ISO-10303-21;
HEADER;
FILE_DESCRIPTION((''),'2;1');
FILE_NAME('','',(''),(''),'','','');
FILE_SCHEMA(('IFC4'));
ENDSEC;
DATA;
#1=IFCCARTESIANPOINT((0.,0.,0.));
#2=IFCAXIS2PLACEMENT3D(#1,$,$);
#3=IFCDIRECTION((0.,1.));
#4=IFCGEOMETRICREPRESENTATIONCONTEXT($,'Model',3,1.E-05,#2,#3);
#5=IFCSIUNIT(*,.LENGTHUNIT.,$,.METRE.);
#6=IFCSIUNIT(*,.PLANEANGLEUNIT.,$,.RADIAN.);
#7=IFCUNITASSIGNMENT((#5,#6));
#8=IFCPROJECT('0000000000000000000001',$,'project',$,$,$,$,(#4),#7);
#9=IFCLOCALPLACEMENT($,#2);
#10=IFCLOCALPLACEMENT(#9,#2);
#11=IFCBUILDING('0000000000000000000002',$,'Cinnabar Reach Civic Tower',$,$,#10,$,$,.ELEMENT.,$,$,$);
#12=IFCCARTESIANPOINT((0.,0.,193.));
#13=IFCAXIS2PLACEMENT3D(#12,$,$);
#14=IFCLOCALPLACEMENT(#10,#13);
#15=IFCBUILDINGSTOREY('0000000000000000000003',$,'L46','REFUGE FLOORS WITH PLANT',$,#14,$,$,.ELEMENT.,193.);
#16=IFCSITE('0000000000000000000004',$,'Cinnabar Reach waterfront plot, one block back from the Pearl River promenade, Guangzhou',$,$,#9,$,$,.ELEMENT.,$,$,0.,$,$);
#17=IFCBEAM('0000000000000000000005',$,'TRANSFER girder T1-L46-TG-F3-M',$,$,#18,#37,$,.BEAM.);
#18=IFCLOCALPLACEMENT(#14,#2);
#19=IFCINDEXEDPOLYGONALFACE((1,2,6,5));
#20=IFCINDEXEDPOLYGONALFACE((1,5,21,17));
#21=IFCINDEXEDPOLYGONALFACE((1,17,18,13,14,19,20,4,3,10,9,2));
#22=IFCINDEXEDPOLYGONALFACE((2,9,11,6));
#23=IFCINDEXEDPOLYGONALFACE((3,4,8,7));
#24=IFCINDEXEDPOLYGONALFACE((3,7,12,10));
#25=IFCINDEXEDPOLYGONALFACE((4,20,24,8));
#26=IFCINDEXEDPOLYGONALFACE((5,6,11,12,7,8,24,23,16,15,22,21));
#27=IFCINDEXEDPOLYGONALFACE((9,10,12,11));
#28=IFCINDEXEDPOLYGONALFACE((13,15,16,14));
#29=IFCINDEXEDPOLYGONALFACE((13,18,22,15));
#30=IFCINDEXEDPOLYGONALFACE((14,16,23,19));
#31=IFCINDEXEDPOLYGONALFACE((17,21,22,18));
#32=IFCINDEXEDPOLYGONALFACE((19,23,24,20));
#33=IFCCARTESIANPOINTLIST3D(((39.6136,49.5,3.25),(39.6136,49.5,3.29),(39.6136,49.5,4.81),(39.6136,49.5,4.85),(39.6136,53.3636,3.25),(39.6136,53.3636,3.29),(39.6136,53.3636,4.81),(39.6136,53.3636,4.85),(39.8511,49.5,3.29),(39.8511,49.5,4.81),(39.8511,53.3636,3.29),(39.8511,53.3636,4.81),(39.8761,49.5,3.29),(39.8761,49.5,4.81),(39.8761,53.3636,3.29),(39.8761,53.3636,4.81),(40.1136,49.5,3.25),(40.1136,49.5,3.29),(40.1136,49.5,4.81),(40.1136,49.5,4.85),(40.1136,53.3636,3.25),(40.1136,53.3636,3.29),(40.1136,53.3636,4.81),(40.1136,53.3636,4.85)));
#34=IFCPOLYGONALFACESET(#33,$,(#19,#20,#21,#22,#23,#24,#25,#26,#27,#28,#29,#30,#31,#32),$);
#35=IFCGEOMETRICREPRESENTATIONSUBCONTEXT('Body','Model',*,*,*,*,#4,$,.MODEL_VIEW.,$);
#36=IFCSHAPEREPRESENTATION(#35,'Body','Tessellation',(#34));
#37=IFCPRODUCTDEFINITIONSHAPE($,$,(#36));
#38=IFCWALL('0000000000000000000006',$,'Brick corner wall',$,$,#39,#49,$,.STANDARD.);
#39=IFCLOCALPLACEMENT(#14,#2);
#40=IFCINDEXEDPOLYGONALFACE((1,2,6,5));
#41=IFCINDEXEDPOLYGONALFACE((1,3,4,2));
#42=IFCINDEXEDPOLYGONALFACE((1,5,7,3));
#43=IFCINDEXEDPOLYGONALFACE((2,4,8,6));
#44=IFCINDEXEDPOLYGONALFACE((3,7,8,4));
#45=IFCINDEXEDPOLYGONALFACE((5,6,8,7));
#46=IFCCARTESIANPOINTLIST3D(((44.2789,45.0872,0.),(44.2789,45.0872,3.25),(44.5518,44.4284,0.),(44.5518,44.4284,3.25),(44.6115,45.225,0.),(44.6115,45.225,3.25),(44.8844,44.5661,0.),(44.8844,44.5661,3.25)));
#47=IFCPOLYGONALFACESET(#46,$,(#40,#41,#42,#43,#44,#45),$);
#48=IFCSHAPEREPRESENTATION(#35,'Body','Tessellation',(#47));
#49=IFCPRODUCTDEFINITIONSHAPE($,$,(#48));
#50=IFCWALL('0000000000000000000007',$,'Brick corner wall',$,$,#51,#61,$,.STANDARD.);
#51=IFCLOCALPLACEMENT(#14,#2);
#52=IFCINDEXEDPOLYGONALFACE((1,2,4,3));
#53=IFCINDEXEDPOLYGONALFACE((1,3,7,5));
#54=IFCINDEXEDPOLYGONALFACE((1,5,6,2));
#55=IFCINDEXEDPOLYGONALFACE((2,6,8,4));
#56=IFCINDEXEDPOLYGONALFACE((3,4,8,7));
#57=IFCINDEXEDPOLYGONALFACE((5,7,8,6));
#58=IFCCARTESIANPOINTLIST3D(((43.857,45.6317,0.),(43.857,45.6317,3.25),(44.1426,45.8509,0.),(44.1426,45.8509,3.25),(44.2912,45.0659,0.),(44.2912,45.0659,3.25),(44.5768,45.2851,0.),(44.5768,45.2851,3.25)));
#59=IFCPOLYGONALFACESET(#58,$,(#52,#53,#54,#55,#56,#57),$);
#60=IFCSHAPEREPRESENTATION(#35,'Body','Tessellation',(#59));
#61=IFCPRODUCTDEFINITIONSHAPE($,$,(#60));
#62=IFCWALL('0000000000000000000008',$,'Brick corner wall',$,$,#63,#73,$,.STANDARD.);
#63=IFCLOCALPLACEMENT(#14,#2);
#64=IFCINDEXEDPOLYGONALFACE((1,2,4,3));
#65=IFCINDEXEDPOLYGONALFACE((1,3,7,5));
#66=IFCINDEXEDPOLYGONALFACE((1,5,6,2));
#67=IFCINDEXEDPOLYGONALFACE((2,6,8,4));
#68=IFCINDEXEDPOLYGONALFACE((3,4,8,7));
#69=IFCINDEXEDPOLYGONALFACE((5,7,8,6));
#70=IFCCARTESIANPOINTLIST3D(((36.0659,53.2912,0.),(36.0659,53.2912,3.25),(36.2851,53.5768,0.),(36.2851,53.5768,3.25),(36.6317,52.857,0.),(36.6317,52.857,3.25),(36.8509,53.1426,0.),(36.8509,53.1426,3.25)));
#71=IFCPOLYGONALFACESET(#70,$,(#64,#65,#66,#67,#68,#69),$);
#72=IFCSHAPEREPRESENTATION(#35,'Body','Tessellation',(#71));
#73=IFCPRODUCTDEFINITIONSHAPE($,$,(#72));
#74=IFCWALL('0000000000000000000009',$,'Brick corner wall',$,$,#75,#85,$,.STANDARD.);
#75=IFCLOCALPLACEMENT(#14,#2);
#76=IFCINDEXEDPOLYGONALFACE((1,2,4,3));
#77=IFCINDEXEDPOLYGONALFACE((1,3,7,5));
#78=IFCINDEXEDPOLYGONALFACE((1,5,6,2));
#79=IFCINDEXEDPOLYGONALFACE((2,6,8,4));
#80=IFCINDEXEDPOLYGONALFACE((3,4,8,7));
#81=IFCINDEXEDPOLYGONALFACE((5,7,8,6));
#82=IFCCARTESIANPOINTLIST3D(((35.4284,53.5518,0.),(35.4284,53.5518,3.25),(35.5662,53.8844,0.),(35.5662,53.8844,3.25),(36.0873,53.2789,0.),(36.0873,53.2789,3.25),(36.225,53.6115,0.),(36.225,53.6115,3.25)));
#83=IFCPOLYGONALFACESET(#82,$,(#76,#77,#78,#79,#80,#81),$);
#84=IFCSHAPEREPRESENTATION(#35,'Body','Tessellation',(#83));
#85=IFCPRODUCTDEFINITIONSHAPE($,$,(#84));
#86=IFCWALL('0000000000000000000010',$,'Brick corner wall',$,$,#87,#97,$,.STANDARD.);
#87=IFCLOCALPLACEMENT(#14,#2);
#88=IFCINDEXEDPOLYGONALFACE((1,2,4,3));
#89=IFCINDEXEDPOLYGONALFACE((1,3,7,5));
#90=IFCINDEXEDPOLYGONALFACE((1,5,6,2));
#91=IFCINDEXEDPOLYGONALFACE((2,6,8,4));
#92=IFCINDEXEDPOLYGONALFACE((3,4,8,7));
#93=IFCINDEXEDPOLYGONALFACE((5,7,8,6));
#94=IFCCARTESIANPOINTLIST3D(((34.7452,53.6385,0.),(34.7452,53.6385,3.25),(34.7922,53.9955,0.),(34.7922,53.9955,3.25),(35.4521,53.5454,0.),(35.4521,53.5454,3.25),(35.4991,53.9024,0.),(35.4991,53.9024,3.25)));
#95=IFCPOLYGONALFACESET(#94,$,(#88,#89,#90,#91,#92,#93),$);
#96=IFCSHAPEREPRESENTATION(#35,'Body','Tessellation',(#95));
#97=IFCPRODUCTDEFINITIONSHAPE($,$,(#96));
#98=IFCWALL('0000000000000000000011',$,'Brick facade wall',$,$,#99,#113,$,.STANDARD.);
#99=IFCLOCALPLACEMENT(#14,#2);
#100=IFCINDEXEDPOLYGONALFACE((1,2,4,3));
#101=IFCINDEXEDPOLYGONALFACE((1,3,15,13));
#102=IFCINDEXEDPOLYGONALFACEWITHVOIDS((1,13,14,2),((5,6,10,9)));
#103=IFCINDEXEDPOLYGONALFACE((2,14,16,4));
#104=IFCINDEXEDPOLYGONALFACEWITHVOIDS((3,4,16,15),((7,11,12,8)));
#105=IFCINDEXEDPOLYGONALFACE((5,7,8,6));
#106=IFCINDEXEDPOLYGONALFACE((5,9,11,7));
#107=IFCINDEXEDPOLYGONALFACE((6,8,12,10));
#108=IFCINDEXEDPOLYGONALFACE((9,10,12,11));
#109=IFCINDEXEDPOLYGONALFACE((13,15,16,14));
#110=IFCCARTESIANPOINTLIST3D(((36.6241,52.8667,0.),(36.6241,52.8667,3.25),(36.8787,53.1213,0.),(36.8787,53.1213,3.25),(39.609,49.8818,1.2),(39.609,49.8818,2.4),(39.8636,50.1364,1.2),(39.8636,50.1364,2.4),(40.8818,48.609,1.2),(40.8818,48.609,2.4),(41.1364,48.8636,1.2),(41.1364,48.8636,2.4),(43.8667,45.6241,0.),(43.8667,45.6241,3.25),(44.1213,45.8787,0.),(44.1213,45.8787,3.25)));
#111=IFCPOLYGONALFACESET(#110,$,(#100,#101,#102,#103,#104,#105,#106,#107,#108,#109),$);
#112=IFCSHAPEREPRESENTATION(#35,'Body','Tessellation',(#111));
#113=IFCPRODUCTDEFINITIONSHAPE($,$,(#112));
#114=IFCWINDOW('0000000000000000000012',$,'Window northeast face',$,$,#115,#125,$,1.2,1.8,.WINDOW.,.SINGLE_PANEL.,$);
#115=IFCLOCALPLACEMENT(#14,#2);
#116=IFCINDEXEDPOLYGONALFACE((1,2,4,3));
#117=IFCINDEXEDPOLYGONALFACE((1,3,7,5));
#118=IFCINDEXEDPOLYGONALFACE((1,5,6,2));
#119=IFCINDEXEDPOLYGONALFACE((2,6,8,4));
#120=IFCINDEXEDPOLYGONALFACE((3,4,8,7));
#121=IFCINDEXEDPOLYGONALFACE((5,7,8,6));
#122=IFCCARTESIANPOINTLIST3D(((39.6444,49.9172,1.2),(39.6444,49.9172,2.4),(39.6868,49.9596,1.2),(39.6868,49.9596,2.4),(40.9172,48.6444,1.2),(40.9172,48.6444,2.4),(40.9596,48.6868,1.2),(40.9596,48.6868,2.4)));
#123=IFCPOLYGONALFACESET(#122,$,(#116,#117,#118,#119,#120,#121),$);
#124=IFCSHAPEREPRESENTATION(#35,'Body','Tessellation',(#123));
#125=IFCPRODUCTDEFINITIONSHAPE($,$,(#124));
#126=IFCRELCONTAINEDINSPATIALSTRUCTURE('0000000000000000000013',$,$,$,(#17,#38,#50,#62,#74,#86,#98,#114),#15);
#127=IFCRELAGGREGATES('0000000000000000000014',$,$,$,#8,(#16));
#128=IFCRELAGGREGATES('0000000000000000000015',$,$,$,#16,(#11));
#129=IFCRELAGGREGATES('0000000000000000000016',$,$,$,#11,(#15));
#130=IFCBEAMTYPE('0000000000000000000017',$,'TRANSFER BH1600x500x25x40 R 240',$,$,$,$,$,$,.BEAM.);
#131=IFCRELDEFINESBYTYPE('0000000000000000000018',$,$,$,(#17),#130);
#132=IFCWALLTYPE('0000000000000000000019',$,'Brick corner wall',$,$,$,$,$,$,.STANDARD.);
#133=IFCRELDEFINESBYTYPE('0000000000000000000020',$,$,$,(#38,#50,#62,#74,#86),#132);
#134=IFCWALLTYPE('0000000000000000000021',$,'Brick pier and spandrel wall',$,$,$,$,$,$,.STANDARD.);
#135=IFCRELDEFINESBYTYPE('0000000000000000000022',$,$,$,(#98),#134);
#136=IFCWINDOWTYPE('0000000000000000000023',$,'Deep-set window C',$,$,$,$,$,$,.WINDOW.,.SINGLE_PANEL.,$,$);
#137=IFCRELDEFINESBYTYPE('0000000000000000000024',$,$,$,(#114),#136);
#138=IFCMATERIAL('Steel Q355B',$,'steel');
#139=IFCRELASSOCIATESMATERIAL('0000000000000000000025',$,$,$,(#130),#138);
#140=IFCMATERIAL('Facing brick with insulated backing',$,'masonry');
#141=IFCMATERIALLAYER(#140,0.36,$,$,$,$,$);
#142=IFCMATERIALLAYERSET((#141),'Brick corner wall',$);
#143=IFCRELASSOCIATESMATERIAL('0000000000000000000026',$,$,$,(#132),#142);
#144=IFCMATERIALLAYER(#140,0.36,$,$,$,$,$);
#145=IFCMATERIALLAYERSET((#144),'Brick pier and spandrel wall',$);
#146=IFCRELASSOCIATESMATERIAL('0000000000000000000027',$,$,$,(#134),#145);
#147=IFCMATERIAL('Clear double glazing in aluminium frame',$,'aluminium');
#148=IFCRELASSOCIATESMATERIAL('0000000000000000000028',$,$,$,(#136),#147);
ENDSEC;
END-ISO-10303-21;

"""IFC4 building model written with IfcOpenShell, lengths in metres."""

from ifc_helpers import new_model, si_unit, direction, frame, frame_2d, origin, origin_2d, place, context, subcontext, project, spatial, rectangle, i_section, extrude, material, layer, layer_set, material_profile, profile_set, type_object, element, fill, save


model = new_model("IFC4")

# Units and contexts
model_context = context("Model", 3, precision=1e-05, world=origin(), true_north=direction((0.0, 1.0)))
body_context = subcontext(model_context, "Body", "Model", "MODEL_VIEW")
ifc_project = project(units=[si_unit("LENGTHUNIT", "METRE"), si_unit("PLANEANGLEUNIT", "RADIAN")], contexts=[model_context])

# Site, building, storey
site_placement = place(None, origin())
site = spatial("IfcSite", under=ifc_project, at=site_placement, Name="Cinnabar Reach waterfront plot, one block back from the Pearl River promenade, Guangzhou", CompositionType="ELEMENT", RefElevation=0.0)
building_placement = place(site_placement, origin())
building = spatial("IfcBuilding", under=site, at=building_placement, Name="Cinnabar Reach Civic Tower", CompositionType="ELEMENT")
storey_placement = place(building_placement, frame((0.0, 0.0, 193.0)))
storey = spatial("IfcBuildingStorey", under=building, at=storey_placement, Name="L46", Description="REFUGE FLOORS WITH PLANT", CompositionType="ELEMENT", Elevation=193.0)

# Beam
ifc_material_1 = material(Name="Steel Q355B", Category="steel")
ifc_material_profile_1 = material_profile(ifc_material_1, i_section(OverallWidth=0.5, OverallDepth=1.6, WebThickness=0.025, FlangeThickness=0.04, at=origin_2d()), Name="BH1600x500x25x40")
ifc_profile_set_1 = profile_set([ifc_material_profile_1], Name="Steel Q355B")
beam_type_1 = type_object("IfcBeamType", Name="TRANSFER BH1600x500x25x40 R 240", PredefinedType="BEAM", material=ifc_profile_set_1)
beam_1_placement = place(storey_placement, frame((39.8636, 49.5, 4.05), z_axis=(0.0, 1.0, 0.0), x_axis=(-1.0, 0.0, 0.0)))
element("IfcBeam", 1, at=beam_1_placement, inside=storey, type_object=beam_type_1, Name="TRANSFER girder T1-L46-TG-F3-M", PredefinedType="BEAM", context=body_context, shape_type="SweptSolid", body=[
    extrude(i_section(OverallWidth=0.5, OverallDepth=1.6, WebThickness=0.025, FlangeThickness=0.04, at=origin_2d()), origin(), (0.0, 0.0, 1.0), 3.8636),
])

# Walls
ifc_material_2 = material(Name="Facing brick with insulated backing", Category="masonry")
ifc_layer_1 = layer(ifc_material_2, 0.36)
ifc_layer_set_1 = layer_set([ifc_layer_1], Name="Brick corner wall")
wall_type_1 = type_object("IfcWallType", Name="Brick corner wall", PredefinedType="STANDARD", material=ifc_layer_set_1)
wall_1_placement = place(storey_placement, frame((44.7181, 44.4973, 0.0), z_axis=(0.0, 0.0, 1.0), x_axis=(-0.382703, 0.923872, 0.0)))
element("IfcWall", 2, at=wall_1_placement, inside=storey, type_object=wall_type_1, Name="Brick corner wall", PredefinedType="STANDARD", context=body_context, shape_type="SweptSolid", body=[
    extrude(rectangle(XDim=0.7131, YDim=0.36, at=frame_2d((0.3565, 0.0))), origin(), (0.0, 0.0, 1.0), 3.25),
])
for number, where, z_axis, x_axis, name in (
    (3, (44.434, 45.1755, 0.0), (0.0, 0.0, 1.0), (-0.608802, 0.793322, 0.0), "Brick corner wall"),
    (4, (36.7413, 52.9998, 0.0), (0.0, 0.0, 1.0), (-0.793322, 0.608802, 0.0), "Brick corner wall"),
):
    element("IfcWall", number, at=place(storey_placement, frame(where, z_axis=z_axis, x_axis=x_axis)), inside=storey, type_object=wall_type_1, Name=name, PredefinedType="STANDARD", context=body_context, shape_type="SweptSolid", body=[
        extrude(rectangle(XDim=0.7132, YDim=0.36, at=frame_2d((0.3566, 0.0))), origin(), (0.0, 0.0, 1.0), 3.25),
    ])
for number, where, z_axis, x_axis, name in (
    (5, (36.1561, 53.4452, 0.0), (0.0, 0.0, 1.0), (-0.923872, 0.382703, 0.0), "Brick corner wall"),
    (6, (35.4756, 53.7239, 0.0), (0.0, 0.0, 1.0), (-0.991441, 0.130556, 0.0), "Brick corner wall"),
):
    element("IfcWall", number, at=place(storey_placement, frame(where, z_axis=z_axis, x_axis=x_axis)), inside=storey, type_object=wall_type_1, Name=name, PredefinedType="STANDARD", context=body_context, shape_type="SweptSolid", body=[
        extrude(rectangle(XDim=0.7131, YDim=0.36, at=frame_2d((0.3565, 0.0))), origin(), (0.0, 0.0, 1.0), 3.25),
    ])

# Wall, opening, window
ifc_layer_2 = layer(ifc_material_2, 0.36)
ifc_layer_set_2 = layer_set([ifc_layer_2], Name="Brick pier and spandrel wall")
wall_type_2 = type_object("IfcWallType", Name="Brick pier and spandrel wall", PredefinedType="STANDARD", material=ifc_layer_set_2)
wall_2_placement = place(storey_placement, frame((43.994, 45.7514, 0.0), z_axis=(0.0, 0.0, 1.0), x_axis=(-0.707107, 0.707107, 0.0)))
wall_2 = element("IfcWall", 7, at=wall_2_placement, inside=storey, type_object=wall_type_2, Name="Brick facade wall", PredefinedType="STANDARD", context=body_context, shape_type="SweptSolid", body=[
    extrude(rectangle(XDim=10.2426, YDim=0.36, at=frame_2d((5.1213, 0.0))), origin(), (0.0, 0.0, 1.0), 3.25),
])
opening_1_placement = place(wall_2_placement, frame((4.2213, 0.0, 1.2)))
opening_1 = element("IfcOpeningElement", 8, at=opening_1_placement, cuts=wall_2, PredefinedType="OPENING", context=body_context, shape_type="SweptSolid", body=[
    extrude(rectangle(XDim=1.8, YDim=1.2, at=frame_2d((0.9, 0.6))), frame((0.0, 0.19, 0.0), z_axis=(0.0, -1.0, 0.0), x_axis=(1.0, 0.0, 0.0)), (0.0, 0.0, 1.0), 0.38),
])
ifc_material_3 = material(Name="Clear double glazing in aluminium frame", Category="aluminium")
window_type = type_object("IfcWindowType", Name="Deep-set window C", PartitioningType="SINGLE_PANEL", PredefinedType="WINDOW", material=ifc_material_3)
window_1_placement = place(opening_1_placement, origin())
window_1 = element("IfcWindow", 9, at=window_1_placement, inside=storey, type_object=window_type, Name="Window northeast face", OverallHeight=1.2, OverallWidth=1.8, PartitioningType="SINGLE_PANEL", PredefinedType="WINDOW", context=body_context, shape_type="SweptSolid", body=[
    extrude(rectangle(XDim=1.8, YDim=1.2, at=frame_2d((0.9, 0.6))), frame((0.0, 0.13, 0.0), z_axis=(0.0, -1.0, 0.0), x_axis=(1.0, 0.0, 0.0)), (0.0, 0.0, 1.0), 0.06),
])
fill(opening_1, window_1)

save(model, "model.ifc")
